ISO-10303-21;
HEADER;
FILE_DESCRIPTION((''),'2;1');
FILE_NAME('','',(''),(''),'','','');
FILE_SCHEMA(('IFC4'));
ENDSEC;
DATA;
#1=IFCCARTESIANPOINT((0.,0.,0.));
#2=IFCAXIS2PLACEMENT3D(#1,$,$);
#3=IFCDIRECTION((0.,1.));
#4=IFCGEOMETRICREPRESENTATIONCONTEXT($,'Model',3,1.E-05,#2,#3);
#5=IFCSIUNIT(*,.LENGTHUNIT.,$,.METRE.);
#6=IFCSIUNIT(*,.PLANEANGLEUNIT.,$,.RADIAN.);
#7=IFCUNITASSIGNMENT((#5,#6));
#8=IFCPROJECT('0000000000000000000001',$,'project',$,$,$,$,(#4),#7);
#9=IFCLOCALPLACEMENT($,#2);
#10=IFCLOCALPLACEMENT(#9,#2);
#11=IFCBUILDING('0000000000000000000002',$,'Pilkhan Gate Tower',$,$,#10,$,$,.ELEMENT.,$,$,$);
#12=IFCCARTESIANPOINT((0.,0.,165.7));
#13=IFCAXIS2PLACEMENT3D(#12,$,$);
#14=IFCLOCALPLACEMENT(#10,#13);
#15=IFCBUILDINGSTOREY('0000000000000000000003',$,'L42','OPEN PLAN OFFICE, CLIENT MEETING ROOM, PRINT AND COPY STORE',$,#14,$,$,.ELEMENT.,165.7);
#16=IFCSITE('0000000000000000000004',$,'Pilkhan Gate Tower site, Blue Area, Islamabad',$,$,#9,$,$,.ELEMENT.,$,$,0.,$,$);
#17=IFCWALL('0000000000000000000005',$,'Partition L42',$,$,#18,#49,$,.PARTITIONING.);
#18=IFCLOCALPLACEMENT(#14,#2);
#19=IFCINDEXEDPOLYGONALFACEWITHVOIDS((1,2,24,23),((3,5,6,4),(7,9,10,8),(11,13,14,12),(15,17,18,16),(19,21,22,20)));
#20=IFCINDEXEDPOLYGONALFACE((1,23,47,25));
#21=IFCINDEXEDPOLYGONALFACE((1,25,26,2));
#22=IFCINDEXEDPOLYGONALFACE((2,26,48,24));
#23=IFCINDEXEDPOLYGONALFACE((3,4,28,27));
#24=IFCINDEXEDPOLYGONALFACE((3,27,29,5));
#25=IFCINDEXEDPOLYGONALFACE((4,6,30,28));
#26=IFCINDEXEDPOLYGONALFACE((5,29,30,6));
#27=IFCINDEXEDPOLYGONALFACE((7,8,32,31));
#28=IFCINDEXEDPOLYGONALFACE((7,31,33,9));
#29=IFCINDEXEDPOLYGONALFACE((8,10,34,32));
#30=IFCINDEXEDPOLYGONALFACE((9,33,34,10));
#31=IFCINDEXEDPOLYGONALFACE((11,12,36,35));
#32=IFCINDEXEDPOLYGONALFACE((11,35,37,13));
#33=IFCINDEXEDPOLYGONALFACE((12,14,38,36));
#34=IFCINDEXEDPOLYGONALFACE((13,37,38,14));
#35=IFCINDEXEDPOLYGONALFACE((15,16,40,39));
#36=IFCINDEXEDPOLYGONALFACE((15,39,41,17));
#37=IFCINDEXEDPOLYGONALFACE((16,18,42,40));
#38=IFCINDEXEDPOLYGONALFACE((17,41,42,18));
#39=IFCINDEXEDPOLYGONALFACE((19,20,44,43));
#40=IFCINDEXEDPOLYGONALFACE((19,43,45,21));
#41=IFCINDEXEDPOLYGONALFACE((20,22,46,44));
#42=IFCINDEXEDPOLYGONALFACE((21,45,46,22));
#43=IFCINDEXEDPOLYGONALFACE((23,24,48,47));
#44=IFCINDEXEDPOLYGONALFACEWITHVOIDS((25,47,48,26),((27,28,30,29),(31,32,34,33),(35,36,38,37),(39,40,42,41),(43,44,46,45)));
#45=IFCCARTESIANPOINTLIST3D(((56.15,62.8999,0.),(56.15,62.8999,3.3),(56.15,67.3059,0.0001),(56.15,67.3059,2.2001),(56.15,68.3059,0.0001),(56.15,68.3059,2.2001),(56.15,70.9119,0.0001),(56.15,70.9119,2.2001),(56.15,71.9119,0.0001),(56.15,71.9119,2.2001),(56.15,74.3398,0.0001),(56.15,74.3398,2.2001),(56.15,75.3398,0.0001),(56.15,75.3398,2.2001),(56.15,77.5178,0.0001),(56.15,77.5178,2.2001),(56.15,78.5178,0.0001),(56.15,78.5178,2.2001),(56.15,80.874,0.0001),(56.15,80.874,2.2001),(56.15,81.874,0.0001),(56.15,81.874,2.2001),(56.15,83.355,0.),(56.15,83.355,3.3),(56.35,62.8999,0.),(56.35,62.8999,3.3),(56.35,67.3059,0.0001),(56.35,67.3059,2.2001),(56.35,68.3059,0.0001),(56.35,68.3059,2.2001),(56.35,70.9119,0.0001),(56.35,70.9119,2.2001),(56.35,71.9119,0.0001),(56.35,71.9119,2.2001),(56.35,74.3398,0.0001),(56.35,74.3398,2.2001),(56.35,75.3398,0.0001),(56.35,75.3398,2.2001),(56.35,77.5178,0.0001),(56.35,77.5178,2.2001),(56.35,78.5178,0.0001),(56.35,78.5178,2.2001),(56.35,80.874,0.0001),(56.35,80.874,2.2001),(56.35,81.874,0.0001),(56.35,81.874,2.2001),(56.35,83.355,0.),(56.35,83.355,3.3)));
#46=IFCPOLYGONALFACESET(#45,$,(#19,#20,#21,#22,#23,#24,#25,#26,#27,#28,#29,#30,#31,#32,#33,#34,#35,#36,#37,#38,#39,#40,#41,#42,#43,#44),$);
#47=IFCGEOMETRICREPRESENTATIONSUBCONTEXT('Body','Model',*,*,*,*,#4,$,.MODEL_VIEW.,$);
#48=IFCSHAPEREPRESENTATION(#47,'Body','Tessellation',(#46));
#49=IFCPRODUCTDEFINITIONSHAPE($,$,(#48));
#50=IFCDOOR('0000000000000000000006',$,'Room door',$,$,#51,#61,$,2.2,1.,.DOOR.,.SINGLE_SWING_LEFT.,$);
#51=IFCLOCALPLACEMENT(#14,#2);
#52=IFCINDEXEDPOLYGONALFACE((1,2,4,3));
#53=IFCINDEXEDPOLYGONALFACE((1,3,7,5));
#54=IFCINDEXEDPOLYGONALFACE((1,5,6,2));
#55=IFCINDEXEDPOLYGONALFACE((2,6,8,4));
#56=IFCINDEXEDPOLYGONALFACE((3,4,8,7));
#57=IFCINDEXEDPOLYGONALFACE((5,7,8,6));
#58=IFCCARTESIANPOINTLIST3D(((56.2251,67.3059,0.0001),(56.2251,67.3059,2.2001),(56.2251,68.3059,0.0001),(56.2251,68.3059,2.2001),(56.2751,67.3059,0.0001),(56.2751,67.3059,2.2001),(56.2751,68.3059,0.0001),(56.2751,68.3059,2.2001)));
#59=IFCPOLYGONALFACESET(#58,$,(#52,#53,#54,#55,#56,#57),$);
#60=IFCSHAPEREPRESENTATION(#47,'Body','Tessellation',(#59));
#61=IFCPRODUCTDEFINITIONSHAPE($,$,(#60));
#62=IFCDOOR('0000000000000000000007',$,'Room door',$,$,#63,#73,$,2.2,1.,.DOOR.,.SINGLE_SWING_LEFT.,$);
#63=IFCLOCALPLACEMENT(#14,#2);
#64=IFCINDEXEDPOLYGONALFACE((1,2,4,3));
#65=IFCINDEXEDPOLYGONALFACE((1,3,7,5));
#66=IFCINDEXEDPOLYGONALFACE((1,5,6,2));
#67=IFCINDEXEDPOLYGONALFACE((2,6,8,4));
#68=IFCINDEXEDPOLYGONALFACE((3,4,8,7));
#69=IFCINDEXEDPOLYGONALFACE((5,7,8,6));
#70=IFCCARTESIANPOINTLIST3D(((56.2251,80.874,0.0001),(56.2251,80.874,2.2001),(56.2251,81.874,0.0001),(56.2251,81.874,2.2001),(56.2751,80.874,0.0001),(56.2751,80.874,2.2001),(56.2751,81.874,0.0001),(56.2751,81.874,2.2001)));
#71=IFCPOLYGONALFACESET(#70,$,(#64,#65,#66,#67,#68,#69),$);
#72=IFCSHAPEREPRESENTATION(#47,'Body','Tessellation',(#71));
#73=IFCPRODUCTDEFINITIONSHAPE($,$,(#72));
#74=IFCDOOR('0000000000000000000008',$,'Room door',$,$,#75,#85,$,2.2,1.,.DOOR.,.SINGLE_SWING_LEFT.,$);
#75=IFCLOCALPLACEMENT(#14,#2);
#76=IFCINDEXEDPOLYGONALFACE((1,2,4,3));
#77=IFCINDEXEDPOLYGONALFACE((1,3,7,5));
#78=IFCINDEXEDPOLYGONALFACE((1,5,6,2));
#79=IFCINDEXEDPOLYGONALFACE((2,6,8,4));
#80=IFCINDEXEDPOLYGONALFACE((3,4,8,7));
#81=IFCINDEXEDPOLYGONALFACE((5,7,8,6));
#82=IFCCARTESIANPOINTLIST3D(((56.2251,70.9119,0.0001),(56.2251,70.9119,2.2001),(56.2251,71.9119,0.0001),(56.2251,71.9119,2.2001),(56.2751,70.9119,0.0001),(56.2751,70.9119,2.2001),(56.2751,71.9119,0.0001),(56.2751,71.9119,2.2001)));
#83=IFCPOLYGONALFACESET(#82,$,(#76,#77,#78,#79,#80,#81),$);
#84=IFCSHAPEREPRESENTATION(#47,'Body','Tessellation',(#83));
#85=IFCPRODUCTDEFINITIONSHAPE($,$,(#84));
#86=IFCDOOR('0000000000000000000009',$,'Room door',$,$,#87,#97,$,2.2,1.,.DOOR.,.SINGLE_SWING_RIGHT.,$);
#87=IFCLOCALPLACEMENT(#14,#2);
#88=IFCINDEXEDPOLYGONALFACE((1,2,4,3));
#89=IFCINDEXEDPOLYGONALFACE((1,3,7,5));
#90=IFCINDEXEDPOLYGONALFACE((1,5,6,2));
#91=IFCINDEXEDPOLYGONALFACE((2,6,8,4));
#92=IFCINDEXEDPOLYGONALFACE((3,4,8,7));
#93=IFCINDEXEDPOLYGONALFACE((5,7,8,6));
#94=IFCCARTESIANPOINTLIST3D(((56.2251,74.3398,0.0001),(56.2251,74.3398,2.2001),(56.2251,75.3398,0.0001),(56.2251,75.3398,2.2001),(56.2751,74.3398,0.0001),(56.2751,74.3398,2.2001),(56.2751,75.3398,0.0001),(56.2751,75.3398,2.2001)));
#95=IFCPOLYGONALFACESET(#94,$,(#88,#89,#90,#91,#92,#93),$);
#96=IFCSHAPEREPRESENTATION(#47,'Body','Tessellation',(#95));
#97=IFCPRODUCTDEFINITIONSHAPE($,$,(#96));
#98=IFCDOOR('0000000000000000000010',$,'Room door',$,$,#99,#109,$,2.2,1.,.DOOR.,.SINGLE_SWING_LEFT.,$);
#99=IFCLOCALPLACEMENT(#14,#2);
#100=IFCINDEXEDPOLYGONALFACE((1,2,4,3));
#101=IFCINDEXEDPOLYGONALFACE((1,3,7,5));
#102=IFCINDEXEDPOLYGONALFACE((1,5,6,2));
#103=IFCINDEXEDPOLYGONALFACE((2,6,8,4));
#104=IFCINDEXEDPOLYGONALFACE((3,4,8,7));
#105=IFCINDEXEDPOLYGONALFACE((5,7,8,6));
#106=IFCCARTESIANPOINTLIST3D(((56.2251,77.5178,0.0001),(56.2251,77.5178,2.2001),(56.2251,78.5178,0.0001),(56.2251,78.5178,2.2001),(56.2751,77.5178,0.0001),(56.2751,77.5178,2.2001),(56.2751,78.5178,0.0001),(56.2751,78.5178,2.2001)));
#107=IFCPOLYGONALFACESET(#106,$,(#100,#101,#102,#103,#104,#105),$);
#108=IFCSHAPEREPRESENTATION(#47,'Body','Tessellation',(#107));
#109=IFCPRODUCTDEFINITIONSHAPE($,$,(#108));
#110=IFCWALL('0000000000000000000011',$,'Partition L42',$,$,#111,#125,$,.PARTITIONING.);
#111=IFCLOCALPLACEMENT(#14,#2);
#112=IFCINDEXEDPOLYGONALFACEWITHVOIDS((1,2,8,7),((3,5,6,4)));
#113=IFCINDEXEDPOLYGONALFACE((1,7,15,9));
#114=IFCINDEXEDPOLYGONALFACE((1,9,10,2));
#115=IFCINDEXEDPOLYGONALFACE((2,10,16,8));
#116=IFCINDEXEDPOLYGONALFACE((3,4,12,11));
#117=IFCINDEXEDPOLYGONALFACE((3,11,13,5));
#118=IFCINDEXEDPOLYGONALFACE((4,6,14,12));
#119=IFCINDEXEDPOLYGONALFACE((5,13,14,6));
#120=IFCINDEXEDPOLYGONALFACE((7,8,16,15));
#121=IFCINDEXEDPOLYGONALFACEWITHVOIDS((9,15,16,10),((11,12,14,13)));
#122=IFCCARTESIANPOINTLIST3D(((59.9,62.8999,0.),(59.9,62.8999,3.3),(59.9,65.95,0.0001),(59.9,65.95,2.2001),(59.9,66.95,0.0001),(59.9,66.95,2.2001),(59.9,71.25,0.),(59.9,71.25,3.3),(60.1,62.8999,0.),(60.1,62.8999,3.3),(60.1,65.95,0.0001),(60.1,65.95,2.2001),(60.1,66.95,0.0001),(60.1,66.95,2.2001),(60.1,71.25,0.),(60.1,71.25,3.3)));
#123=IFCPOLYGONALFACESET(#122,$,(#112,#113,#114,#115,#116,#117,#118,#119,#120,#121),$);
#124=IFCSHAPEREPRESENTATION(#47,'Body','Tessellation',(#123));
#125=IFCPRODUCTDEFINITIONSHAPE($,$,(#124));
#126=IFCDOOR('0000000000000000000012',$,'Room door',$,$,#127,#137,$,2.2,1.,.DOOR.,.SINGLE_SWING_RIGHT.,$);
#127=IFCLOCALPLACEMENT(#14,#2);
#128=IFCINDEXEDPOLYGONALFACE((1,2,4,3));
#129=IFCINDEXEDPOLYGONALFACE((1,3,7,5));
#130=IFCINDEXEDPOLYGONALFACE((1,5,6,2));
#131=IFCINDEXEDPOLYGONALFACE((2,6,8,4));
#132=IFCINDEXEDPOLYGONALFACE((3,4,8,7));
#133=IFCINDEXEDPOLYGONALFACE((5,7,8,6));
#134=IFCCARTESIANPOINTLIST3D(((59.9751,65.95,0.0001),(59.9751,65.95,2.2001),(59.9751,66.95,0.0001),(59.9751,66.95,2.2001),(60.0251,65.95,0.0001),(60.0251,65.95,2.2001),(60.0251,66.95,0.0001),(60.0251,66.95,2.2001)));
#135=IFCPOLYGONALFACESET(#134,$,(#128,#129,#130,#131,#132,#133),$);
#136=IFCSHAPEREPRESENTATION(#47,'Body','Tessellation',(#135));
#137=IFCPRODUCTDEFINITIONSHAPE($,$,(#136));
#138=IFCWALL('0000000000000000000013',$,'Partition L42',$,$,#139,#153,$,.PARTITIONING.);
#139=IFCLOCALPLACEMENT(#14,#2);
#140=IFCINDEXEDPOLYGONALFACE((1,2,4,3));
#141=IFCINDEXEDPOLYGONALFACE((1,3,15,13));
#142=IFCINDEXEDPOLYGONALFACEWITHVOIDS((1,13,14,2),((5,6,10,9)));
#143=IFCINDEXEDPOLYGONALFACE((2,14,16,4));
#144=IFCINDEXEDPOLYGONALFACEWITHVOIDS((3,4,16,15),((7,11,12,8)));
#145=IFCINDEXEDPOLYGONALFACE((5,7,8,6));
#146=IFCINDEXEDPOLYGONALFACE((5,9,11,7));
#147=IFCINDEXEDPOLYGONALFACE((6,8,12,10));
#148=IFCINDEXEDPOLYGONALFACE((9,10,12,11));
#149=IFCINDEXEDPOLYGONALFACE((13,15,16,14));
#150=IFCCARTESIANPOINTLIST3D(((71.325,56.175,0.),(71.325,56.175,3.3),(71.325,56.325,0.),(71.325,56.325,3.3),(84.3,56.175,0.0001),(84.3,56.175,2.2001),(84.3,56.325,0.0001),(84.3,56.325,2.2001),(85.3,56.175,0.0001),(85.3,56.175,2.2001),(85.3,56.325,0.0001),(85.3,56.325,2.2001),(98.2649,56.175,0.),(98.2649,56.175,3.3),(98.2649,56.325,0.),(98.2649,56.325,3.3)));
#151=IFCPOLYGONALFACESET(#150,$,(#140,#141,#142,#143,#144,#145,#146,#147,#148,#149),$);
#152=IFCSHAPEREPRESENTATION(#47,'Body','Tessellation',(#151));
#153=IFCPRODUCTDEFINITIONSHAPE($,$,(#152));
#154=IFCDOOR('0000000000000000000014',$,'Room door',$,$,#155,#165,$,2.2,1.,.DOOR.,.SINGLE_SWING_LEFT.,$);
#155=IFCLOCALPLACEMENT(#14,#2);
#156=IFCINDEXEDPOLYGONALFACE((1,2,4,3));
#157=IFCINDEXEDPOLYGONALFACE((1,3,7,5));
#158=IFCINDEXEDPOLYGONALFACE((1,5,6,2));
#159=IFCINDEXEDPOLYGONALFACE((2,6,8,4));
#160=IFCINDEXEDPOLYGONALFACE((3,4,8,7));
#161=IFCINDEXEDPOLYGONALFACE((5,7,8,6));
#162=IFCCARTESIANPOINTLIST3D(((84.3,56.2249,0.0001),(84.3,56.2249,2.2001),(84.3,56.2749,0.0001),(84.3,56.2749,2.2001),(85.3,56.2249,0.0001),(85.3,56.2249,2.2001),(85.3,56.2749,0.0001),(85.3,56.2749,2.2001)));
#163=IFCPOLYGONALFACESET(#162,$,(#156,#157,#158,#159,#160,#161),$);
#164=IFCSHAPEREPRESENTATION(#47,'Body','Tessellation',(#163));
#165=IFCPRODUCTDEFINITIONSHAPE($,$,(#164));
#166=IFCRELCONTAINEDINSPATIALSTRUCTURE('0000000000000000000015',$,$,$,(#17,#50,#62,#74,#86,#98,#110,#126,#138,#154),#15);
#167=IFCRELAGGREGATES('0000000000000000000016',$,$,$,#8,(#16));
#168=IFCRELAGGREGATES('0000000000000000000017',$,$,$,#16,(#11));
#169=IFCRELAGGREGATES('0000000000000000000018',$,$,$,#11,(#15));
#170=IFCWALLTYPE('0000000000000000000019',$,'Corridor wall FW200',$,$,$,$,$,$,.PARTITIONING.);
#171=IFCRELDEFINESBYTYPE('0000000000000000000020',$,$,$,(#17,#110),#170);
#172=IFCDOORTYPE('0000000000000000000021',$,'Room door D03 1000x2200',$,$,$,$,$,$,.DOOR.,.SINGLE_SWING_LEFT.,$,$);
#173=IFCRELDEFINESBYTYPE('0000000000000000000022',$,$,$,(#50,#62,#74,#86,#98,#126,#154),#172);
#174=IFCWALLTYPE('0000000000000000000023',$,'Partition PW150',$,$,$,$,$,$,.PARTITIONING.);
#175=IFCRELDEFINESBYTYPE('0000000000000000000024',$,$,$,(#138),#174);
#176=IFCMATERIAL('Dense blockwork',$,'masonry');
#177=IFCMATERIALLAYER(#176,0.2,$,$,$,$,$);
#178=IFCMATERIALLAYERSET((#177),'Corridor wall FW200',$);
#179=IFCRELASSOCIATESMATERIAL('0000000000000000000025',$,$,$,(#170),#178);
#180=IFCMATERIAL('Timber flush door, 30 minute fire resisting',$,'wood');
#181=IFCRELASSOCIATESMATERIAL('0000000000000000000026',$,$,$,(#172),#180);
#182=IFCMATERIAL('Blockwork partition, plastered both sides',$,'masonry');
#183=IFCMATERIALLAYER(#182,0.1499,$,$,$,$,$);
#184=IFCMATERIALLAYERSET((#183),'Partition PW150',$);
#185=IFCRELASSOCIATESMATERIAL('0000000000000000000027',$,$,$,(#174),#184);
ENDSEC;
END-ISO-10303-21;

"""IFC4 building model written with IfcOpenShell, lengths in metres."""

from ifc_helpers import new_model, si_unit, direction, frame, frame_2d, origin, place, context, subcontext, project, spatial, rectangle, extrude, material, layer, layer_set, type_object, element, fill, save


model = new_model("IFC4")

# Units and contexts
model_context = context("Model", 3, precision=1e-05, world=origin(), true_north=direction((0.0, 1.0)))
body_context = subcontext(model_context, "Body", "Model", "MODEL_VIEW")
ifc_project = project(units=[si_unit("LENGTHUNIT", "METRE"), si_unit("PLANEANGLEUNIT", "RADIAN")], contexts=[model_context])

# Site, building, storey
site_placement = place(None, origin())
site = spatial("IfcSite", under=ifc_project, at=site_placement, Name="Pilkhan Gate Tower site, Blue Area, Islamabad", CompositionType="ELEMENT", RefElevation=0.0)
building_placement = place(site_placement, origin())
building = spatial("IfcBuilding", under=site, at=building_placement, Name="Pilkhan Gate Tower", CompositionType="ELEMENT")
storey_placement = place(building_placement, frame((0.0, 0.0, 165.7)))
storey = spatial("IfcBuildingStorey", under=building, at=storey_placement, Name="L42", Description="OPEN PLAN OFFICE, CLIENT MEETING ROOM, PRINT AND COPY STORE", CompositionType="ELEMENT", Elevation=165.7)

# Wall, openings, doors
ifc_material_1 = material(Name="Dense blockwork", Category="masonry")
ifc_layer_1 = layer(ifc_material_1, 0.2)
ifc_layer_set_1 = layer_set([ifc_layer_1], Name="Corridor wall FW200")
wall_type_1 = type_object("IfcWallType", Name="Corridor wall FW200", PredefinedType="PARTITIONING", material=ifc_layer_set_1)
ifc_material_2 = material(Name="Timber flush door, 30 minute fire resisting", Category="wood")
door_type_1 = type_object("IfcDoorType", Name="Room door D03 1000x2200", OperationType="SINGLE_SWING_LEFT", PredefinedType="DOOR", material=ifc_material_2)
wall_1_placement = place(storey_placement, frame((56.25, 62.8999, 0.0), z_axis=(0.0, 0.0, 1.0), x_axis=(0.0, 1.0, 0.0)))
wall_1 = element("IfcWall", 1, at=wall_1_placement, inside=storey, type_object=wall_type_1, Name="Partition L42", PredefinedType="PARTITIONING", context=body_context, shape_type="SweptSolid", body=[
    extrude(rectangle(XDim=20.4551, YDim=0.2, at=frame_2d((10.2275, 0.0))), origin(), (0.0, 0.0, 1.0), 3.3),
])
opening_1_placement = place(wall_1_placement, frame((4.406, 0.0, 0.0)))
opening_1 = element("IfcOpeningElement", 2, at=opening_1_placement, cuts=wall_1, PredefinedType="OPENING", context=body_context, shape_type="SweptSolid", body=[
    extrude(rectangle(XDim=1.0, YDim=2.2, at=frame_2d((0.5, 1.1001))), frame((0.0, 0.1099, 0.0), z_axis=(0.0, -1.0, 0.0), x_axis=(1.0, 0.0, 0.0)), (0.0, 0.0, 1.0), 0.22),
])
opening_2_placement = place(wall_1_placement, frame((17.9741, 0.0, 0.0)))
opening_2 = element("IfcOpeningElement", 3, at=opening_2_placement, cuts=wall_1, PredefinedType="OPENING", context=body_context, shape_type="SweptSolid", body=[
    extrude(rectangle(XDim=1.0, YDim=2.2, at=frame_2d((0.5, 1.1001))), frame((0.0, 0.1099, 0.0), z_axis=(0.0, -1.0, 0.0), x_axis=(1.0, 0.0, 0.0)), (0.0, 0.0, 1.0), 0.22),
])
opening_3_placement = place(wall_1_placement, frame((8.012, 0.0, 0.0)))
opening_3 = element("IfcOpeningElement", 4, at=opening_3_placement, cuts=wall_1, PredefinedType="OPENING", context=body_context, shape_type="SweptSolid", body=[
    extrude(rectangle(XDim=1.0, YDim=2.2, at=frame_2d((0.5, 1.1001))), frame((0.0, 0.1099, 0.0), z_axis=(0.0, -1.0, 0.0), x_axis=(1.0, 0.0, 0.0)), (0.0, 0.0, 1.0), 0.22),
])
opening_4_placement = place(wall_1_placement, frame((11.4399, 0.0, 0.0)))
opening_4 = element("IfcOpeningElement", 5, at=opening_4_placement, cuts=wall_1, PredefinedType="OPENING", context=body_context, shape_type="SweptSolid", body=[
    extrude(rectangle(XDim=1.0, YDim=2.2, at=frame_2d((0.5, 1.1001))), frame((0.0, 0.1099, 0.0), z_axis=(0.0, -1.0, 0.0), x_axis=(1.0, 0.0, 0.0)), (0.0, 0.0, 1.0), 0.22),
])
opening_5_placement = place(wall_1_placement, frame((14.6179, 0.0, 0.0)))
opening_5 = element("IfcOpeningElement", 6, at=opening_5_placement, cuts=wall_1, PredefinedType="OPENING", context=body_context, shape_type="SweptSolid", body=[
    extrude(rectangle(XDim=1.0, YDim=2.2, at=frame_2d((0.5, 1.1001))), frame((0.0, 0.1099, 0.0), z_axis=(0.0, -1.0, 0.0), x_axis=(1.0, 0.0, 0.0)), (0.0, 0.0, 1.0), 0.22),
])
door_1_placement = place(opening_1_placement, origin())
door_1 = element("IfcDoor", 7, at=door_1_placement, inside=storey, type_object=door_type_1, Name="Room door", OperationType="SINGLE_SWING_LEFT", OverallHeight=2.2, OverallWidth=1.0, PredefinedType="DOOR", context=body_context, shape_type="SweptSolid", body=[
    extrude(rectangle(XDim=1.0, YDim=2.2, at=frame_2d((0.5, 1.1001))), frame((0.0, 0.0249, 0.0), z_axis=(0.0, -1.0, 0.0), x_axis=(1.0, 0.0, 0.0)), (0.0, 0.0, 1.0), 0.05),
])
fill(opening_1, door_1)
door_2_placement = place(opening_2_placement, origin())
door_2 = element("IfcDoor", 8, at=door_2_placement, inside=storey, type_object=door_type_1, Name="Room door", OperationType="SINGLE_SWING_LEFT", OverallHeight=2.2, OverallWidth=1.0, PredefinedType="DOOR", context=body_context, shape_type="SweptSolid", body=[
    extrude(rectangle(XDim=1.0, YDim=2.2, at=frame_2d((0.5, 1.1001))), frame((0.0, 0.0249, 0.0), z_axis=(0.0, -1.0, 0.0), x_axis=(1.0, 0.0, 0.0)), (0.0, 0.0, 1.0), 0.05),
])
fill(opening_2, door_2)
door_3_placement = place(opening_3_placement, origin())
door_3 = element("IfcDoor", 9, at=door_3_placement, inside=storey, type_object=door_type_1, Name="Room door", OperationType="SINGLE_SWING_LEFT", OverallHeight=2.2, OverallWidth=1.0, PredefinedType="DOOR", context=body_context, shape_type="SweptSolid", body=[
    extrude(rectangle(XDim=1.0, YDim=2.2, at=frame_2d((0.5, 1.1001))), frame((0.0, 0.0249, 0.0), z_axis=(0.0, -1.0, 0.0), x_axis=(1.0, 0.0, 0.0)), (0.0, 0.0, 1.0), 0.05),
])
fill(opening_3, door_3)
door_4_placement = place(opening_4_placement, origin())
door_4 = element("IfcDoor", 10, at=door_4_placement, inside=storey, type_object=door_type_1, Name="Room door", OperationType="SINGLE_SWING_RIGHT", OverallHeight=2.2, OverallWidth=1.0, PredefinedType="DOOR", context=body_context, shape_type="SweptSolid", body=[
    extrude(rectangle(XDim=1.0, YDim=2.2, at=frame_2d((0.5, 1.1001))), frame((0.0, 0.0249, 0.0), z_axis=(0.0, -1.0, 0.0), x_axis=(1.0, 0.0, 0.0)), (0.0, 0.0, 1.0), 0.05),
])
fill(opening_4, door_4)
door_5_placement = place(opening_5_placement, origin())
door_5 = element("IfcDoor", 11, at=door_5_placement, inside=storey, type_object=door_type_1, Name="Room door", OperationType="SINGLE_SWING_LEFT", OverallHeight=2.2, OverallWidth=1.0, PredefinedType="DOOR", context=body_context, shape_type="SweptSolid", body=[
    extrude(rectangle(XDim=1.0, YDim=2.2, at=frame_2d((0.5, 1.1001))), frame((0.0, 0.0249, 0.0), z_axis=(0.0, -1.0, 0.0), x_axis=(1.0, 0.0, 0.0)), (0.0, 0.0, 1.0), 0.05),
])
fill(opening_5, door_5)

# Walls, openings, doors
wall_2_placement = place(storey_placement, frame((60.0, 62.8999, 0.0), z_axis=(0.0, 0.0, 1.0), x_axis=(0.0, 1.0, 0.0)))
wall_2 = element("IfcWall", 12, at=wall_2_placement, inside=storey, type_object=wall_type_1, Name="Partition L42", PredefinedType="PARTITIONING", context=body_context, shape_type="SweptSolid", body=[
    extrude(rectangle(XDim=8.3501, YDim=0.2, at=frame_2d((4.175, 0.0))), origin(), (0.0, 0.0, 1.0), 3.3),
])
opening_6_placement = place(wall_2_placement, frame((3.05, 0.0, 0.0)))
opening_6 = element("IfcOpeningElement", 13, at=opening_6_placement, cuts=wall_2, PredefinedType="OPENING", context=body_context, shape_type="SweptSolid", body=[
    extrude(rectangle(XDim=1.0, YDim=2.2, at=frame_2d((0.5, 1.1001))), frame((0.0, 0.1099, 0.0), z_axis=(0.0, -1.0, 0.0), x_axis=(1.0, 0.0, 0.0)), (0.0, 0.0, 1.0), 0.22),
])
door_6_placement = place(opening_6_placement, origin())
door_6 = element("IfcDoor", 14, at=door_6_placement, inside=storey, type_object=door_type_1, Name="Room door", OperationType="SINGLE_SWING_RIGHT", OverallHeight=2.2, OverallWidth=1.0, PredefinedType="DOOR", context=body_context, shape_type="SweptSolid", body=[
    extrude(rectangle(XDim=1.0, YDim=2.2, at=frame_2d((0.5, 1.1001))), frame((0.0, 0.0249, 0.0), z_axis=(0.0, -1.0, 0.0), x_axis=(1.0, 0.0, 0.0)), (0.0, 0.0, 1.0), 0.05),
])
fill(opening_6, door_6)
ifc_material_3 = material(Name="Blockwork partition, plastered both sides", Category="masonry")
ifc_layer_2 = layer(ifc_material_3, 0.1499)
ifc_layer_set_2 = layer_set([ifc_layer_2], Name="Partition PW150")
wall_type_2 = type_object("IfcWallType", Name="Partition PW150", PredefinedType="PARTITIONING", material=ifc_layer_set_2)
wall_3_placement = place(storey_placement, frame((71.325, 56.25, 0.0), z_axis=(0.0, 0.0, 1.0), x_axis=(1.0, 0.0, 0.0)))
wall_3 = element("IfcWall", 15, at=wall_3_placement, inside=storey, type_object=wall_type_2, Name="Partition L42", PredefinedType="PARTITIONING", context=body_context, shape_type="SweptSolid", body=[
    extrude(rectangle(XDim=26.9399, YDim=0.1499, at=frame_2d((13.47, 0.0))), origin(), (0.0, 0.0, 1.0), 3.3),
])
opening_7_placement = place(wall_3_placement, frame((12.9751, 0.0, 0.0)))
opening_7 = element("IfcOpeningElement", 16, at=opening_7_placement, cuts=wall_3, PredefinedType="OPENING", context=body_context, shape_type="SweptSolid", body=[
    extrude(rectangle(XDim=1.0, YDim=2.2, at=frame_2d((0.5, 1.1001))), frame((0.0, 0.085, 0.0), z_axis=(0.0, -1.0, 0.0), x_axis=(1.0, 0.0, 0.0)), (0.0, 0.0, 1.0), 0.1699),
])
door_7_placement = place(opening_7_placement, origin())
door_7 = element("IfcDoor", 17, at=door_7_placement, inside=storey, type_object=door_type_1, Name="Room door", OperationType="SINGLE_SWING_LEFT", OverallHeight=2.2, OverallWidth=1.0, PredefinedType="DOOR", context=body_context, shape_type="SweptSolid", body=[
    extrude(rectangle(XDim=1.0, YDim=2.2, at=frame_2d((0.5, 1.1001))), frame((0.0, 0.0249, 0.0), z_axis=(0.0, -1.0, 0.0), x_axis=(1.0, 0.0, 0.0)), (0.0, 0.0, 1.0), 0.05),
])
fill(opening_7, door_7)

save(model, "model.ifc")
